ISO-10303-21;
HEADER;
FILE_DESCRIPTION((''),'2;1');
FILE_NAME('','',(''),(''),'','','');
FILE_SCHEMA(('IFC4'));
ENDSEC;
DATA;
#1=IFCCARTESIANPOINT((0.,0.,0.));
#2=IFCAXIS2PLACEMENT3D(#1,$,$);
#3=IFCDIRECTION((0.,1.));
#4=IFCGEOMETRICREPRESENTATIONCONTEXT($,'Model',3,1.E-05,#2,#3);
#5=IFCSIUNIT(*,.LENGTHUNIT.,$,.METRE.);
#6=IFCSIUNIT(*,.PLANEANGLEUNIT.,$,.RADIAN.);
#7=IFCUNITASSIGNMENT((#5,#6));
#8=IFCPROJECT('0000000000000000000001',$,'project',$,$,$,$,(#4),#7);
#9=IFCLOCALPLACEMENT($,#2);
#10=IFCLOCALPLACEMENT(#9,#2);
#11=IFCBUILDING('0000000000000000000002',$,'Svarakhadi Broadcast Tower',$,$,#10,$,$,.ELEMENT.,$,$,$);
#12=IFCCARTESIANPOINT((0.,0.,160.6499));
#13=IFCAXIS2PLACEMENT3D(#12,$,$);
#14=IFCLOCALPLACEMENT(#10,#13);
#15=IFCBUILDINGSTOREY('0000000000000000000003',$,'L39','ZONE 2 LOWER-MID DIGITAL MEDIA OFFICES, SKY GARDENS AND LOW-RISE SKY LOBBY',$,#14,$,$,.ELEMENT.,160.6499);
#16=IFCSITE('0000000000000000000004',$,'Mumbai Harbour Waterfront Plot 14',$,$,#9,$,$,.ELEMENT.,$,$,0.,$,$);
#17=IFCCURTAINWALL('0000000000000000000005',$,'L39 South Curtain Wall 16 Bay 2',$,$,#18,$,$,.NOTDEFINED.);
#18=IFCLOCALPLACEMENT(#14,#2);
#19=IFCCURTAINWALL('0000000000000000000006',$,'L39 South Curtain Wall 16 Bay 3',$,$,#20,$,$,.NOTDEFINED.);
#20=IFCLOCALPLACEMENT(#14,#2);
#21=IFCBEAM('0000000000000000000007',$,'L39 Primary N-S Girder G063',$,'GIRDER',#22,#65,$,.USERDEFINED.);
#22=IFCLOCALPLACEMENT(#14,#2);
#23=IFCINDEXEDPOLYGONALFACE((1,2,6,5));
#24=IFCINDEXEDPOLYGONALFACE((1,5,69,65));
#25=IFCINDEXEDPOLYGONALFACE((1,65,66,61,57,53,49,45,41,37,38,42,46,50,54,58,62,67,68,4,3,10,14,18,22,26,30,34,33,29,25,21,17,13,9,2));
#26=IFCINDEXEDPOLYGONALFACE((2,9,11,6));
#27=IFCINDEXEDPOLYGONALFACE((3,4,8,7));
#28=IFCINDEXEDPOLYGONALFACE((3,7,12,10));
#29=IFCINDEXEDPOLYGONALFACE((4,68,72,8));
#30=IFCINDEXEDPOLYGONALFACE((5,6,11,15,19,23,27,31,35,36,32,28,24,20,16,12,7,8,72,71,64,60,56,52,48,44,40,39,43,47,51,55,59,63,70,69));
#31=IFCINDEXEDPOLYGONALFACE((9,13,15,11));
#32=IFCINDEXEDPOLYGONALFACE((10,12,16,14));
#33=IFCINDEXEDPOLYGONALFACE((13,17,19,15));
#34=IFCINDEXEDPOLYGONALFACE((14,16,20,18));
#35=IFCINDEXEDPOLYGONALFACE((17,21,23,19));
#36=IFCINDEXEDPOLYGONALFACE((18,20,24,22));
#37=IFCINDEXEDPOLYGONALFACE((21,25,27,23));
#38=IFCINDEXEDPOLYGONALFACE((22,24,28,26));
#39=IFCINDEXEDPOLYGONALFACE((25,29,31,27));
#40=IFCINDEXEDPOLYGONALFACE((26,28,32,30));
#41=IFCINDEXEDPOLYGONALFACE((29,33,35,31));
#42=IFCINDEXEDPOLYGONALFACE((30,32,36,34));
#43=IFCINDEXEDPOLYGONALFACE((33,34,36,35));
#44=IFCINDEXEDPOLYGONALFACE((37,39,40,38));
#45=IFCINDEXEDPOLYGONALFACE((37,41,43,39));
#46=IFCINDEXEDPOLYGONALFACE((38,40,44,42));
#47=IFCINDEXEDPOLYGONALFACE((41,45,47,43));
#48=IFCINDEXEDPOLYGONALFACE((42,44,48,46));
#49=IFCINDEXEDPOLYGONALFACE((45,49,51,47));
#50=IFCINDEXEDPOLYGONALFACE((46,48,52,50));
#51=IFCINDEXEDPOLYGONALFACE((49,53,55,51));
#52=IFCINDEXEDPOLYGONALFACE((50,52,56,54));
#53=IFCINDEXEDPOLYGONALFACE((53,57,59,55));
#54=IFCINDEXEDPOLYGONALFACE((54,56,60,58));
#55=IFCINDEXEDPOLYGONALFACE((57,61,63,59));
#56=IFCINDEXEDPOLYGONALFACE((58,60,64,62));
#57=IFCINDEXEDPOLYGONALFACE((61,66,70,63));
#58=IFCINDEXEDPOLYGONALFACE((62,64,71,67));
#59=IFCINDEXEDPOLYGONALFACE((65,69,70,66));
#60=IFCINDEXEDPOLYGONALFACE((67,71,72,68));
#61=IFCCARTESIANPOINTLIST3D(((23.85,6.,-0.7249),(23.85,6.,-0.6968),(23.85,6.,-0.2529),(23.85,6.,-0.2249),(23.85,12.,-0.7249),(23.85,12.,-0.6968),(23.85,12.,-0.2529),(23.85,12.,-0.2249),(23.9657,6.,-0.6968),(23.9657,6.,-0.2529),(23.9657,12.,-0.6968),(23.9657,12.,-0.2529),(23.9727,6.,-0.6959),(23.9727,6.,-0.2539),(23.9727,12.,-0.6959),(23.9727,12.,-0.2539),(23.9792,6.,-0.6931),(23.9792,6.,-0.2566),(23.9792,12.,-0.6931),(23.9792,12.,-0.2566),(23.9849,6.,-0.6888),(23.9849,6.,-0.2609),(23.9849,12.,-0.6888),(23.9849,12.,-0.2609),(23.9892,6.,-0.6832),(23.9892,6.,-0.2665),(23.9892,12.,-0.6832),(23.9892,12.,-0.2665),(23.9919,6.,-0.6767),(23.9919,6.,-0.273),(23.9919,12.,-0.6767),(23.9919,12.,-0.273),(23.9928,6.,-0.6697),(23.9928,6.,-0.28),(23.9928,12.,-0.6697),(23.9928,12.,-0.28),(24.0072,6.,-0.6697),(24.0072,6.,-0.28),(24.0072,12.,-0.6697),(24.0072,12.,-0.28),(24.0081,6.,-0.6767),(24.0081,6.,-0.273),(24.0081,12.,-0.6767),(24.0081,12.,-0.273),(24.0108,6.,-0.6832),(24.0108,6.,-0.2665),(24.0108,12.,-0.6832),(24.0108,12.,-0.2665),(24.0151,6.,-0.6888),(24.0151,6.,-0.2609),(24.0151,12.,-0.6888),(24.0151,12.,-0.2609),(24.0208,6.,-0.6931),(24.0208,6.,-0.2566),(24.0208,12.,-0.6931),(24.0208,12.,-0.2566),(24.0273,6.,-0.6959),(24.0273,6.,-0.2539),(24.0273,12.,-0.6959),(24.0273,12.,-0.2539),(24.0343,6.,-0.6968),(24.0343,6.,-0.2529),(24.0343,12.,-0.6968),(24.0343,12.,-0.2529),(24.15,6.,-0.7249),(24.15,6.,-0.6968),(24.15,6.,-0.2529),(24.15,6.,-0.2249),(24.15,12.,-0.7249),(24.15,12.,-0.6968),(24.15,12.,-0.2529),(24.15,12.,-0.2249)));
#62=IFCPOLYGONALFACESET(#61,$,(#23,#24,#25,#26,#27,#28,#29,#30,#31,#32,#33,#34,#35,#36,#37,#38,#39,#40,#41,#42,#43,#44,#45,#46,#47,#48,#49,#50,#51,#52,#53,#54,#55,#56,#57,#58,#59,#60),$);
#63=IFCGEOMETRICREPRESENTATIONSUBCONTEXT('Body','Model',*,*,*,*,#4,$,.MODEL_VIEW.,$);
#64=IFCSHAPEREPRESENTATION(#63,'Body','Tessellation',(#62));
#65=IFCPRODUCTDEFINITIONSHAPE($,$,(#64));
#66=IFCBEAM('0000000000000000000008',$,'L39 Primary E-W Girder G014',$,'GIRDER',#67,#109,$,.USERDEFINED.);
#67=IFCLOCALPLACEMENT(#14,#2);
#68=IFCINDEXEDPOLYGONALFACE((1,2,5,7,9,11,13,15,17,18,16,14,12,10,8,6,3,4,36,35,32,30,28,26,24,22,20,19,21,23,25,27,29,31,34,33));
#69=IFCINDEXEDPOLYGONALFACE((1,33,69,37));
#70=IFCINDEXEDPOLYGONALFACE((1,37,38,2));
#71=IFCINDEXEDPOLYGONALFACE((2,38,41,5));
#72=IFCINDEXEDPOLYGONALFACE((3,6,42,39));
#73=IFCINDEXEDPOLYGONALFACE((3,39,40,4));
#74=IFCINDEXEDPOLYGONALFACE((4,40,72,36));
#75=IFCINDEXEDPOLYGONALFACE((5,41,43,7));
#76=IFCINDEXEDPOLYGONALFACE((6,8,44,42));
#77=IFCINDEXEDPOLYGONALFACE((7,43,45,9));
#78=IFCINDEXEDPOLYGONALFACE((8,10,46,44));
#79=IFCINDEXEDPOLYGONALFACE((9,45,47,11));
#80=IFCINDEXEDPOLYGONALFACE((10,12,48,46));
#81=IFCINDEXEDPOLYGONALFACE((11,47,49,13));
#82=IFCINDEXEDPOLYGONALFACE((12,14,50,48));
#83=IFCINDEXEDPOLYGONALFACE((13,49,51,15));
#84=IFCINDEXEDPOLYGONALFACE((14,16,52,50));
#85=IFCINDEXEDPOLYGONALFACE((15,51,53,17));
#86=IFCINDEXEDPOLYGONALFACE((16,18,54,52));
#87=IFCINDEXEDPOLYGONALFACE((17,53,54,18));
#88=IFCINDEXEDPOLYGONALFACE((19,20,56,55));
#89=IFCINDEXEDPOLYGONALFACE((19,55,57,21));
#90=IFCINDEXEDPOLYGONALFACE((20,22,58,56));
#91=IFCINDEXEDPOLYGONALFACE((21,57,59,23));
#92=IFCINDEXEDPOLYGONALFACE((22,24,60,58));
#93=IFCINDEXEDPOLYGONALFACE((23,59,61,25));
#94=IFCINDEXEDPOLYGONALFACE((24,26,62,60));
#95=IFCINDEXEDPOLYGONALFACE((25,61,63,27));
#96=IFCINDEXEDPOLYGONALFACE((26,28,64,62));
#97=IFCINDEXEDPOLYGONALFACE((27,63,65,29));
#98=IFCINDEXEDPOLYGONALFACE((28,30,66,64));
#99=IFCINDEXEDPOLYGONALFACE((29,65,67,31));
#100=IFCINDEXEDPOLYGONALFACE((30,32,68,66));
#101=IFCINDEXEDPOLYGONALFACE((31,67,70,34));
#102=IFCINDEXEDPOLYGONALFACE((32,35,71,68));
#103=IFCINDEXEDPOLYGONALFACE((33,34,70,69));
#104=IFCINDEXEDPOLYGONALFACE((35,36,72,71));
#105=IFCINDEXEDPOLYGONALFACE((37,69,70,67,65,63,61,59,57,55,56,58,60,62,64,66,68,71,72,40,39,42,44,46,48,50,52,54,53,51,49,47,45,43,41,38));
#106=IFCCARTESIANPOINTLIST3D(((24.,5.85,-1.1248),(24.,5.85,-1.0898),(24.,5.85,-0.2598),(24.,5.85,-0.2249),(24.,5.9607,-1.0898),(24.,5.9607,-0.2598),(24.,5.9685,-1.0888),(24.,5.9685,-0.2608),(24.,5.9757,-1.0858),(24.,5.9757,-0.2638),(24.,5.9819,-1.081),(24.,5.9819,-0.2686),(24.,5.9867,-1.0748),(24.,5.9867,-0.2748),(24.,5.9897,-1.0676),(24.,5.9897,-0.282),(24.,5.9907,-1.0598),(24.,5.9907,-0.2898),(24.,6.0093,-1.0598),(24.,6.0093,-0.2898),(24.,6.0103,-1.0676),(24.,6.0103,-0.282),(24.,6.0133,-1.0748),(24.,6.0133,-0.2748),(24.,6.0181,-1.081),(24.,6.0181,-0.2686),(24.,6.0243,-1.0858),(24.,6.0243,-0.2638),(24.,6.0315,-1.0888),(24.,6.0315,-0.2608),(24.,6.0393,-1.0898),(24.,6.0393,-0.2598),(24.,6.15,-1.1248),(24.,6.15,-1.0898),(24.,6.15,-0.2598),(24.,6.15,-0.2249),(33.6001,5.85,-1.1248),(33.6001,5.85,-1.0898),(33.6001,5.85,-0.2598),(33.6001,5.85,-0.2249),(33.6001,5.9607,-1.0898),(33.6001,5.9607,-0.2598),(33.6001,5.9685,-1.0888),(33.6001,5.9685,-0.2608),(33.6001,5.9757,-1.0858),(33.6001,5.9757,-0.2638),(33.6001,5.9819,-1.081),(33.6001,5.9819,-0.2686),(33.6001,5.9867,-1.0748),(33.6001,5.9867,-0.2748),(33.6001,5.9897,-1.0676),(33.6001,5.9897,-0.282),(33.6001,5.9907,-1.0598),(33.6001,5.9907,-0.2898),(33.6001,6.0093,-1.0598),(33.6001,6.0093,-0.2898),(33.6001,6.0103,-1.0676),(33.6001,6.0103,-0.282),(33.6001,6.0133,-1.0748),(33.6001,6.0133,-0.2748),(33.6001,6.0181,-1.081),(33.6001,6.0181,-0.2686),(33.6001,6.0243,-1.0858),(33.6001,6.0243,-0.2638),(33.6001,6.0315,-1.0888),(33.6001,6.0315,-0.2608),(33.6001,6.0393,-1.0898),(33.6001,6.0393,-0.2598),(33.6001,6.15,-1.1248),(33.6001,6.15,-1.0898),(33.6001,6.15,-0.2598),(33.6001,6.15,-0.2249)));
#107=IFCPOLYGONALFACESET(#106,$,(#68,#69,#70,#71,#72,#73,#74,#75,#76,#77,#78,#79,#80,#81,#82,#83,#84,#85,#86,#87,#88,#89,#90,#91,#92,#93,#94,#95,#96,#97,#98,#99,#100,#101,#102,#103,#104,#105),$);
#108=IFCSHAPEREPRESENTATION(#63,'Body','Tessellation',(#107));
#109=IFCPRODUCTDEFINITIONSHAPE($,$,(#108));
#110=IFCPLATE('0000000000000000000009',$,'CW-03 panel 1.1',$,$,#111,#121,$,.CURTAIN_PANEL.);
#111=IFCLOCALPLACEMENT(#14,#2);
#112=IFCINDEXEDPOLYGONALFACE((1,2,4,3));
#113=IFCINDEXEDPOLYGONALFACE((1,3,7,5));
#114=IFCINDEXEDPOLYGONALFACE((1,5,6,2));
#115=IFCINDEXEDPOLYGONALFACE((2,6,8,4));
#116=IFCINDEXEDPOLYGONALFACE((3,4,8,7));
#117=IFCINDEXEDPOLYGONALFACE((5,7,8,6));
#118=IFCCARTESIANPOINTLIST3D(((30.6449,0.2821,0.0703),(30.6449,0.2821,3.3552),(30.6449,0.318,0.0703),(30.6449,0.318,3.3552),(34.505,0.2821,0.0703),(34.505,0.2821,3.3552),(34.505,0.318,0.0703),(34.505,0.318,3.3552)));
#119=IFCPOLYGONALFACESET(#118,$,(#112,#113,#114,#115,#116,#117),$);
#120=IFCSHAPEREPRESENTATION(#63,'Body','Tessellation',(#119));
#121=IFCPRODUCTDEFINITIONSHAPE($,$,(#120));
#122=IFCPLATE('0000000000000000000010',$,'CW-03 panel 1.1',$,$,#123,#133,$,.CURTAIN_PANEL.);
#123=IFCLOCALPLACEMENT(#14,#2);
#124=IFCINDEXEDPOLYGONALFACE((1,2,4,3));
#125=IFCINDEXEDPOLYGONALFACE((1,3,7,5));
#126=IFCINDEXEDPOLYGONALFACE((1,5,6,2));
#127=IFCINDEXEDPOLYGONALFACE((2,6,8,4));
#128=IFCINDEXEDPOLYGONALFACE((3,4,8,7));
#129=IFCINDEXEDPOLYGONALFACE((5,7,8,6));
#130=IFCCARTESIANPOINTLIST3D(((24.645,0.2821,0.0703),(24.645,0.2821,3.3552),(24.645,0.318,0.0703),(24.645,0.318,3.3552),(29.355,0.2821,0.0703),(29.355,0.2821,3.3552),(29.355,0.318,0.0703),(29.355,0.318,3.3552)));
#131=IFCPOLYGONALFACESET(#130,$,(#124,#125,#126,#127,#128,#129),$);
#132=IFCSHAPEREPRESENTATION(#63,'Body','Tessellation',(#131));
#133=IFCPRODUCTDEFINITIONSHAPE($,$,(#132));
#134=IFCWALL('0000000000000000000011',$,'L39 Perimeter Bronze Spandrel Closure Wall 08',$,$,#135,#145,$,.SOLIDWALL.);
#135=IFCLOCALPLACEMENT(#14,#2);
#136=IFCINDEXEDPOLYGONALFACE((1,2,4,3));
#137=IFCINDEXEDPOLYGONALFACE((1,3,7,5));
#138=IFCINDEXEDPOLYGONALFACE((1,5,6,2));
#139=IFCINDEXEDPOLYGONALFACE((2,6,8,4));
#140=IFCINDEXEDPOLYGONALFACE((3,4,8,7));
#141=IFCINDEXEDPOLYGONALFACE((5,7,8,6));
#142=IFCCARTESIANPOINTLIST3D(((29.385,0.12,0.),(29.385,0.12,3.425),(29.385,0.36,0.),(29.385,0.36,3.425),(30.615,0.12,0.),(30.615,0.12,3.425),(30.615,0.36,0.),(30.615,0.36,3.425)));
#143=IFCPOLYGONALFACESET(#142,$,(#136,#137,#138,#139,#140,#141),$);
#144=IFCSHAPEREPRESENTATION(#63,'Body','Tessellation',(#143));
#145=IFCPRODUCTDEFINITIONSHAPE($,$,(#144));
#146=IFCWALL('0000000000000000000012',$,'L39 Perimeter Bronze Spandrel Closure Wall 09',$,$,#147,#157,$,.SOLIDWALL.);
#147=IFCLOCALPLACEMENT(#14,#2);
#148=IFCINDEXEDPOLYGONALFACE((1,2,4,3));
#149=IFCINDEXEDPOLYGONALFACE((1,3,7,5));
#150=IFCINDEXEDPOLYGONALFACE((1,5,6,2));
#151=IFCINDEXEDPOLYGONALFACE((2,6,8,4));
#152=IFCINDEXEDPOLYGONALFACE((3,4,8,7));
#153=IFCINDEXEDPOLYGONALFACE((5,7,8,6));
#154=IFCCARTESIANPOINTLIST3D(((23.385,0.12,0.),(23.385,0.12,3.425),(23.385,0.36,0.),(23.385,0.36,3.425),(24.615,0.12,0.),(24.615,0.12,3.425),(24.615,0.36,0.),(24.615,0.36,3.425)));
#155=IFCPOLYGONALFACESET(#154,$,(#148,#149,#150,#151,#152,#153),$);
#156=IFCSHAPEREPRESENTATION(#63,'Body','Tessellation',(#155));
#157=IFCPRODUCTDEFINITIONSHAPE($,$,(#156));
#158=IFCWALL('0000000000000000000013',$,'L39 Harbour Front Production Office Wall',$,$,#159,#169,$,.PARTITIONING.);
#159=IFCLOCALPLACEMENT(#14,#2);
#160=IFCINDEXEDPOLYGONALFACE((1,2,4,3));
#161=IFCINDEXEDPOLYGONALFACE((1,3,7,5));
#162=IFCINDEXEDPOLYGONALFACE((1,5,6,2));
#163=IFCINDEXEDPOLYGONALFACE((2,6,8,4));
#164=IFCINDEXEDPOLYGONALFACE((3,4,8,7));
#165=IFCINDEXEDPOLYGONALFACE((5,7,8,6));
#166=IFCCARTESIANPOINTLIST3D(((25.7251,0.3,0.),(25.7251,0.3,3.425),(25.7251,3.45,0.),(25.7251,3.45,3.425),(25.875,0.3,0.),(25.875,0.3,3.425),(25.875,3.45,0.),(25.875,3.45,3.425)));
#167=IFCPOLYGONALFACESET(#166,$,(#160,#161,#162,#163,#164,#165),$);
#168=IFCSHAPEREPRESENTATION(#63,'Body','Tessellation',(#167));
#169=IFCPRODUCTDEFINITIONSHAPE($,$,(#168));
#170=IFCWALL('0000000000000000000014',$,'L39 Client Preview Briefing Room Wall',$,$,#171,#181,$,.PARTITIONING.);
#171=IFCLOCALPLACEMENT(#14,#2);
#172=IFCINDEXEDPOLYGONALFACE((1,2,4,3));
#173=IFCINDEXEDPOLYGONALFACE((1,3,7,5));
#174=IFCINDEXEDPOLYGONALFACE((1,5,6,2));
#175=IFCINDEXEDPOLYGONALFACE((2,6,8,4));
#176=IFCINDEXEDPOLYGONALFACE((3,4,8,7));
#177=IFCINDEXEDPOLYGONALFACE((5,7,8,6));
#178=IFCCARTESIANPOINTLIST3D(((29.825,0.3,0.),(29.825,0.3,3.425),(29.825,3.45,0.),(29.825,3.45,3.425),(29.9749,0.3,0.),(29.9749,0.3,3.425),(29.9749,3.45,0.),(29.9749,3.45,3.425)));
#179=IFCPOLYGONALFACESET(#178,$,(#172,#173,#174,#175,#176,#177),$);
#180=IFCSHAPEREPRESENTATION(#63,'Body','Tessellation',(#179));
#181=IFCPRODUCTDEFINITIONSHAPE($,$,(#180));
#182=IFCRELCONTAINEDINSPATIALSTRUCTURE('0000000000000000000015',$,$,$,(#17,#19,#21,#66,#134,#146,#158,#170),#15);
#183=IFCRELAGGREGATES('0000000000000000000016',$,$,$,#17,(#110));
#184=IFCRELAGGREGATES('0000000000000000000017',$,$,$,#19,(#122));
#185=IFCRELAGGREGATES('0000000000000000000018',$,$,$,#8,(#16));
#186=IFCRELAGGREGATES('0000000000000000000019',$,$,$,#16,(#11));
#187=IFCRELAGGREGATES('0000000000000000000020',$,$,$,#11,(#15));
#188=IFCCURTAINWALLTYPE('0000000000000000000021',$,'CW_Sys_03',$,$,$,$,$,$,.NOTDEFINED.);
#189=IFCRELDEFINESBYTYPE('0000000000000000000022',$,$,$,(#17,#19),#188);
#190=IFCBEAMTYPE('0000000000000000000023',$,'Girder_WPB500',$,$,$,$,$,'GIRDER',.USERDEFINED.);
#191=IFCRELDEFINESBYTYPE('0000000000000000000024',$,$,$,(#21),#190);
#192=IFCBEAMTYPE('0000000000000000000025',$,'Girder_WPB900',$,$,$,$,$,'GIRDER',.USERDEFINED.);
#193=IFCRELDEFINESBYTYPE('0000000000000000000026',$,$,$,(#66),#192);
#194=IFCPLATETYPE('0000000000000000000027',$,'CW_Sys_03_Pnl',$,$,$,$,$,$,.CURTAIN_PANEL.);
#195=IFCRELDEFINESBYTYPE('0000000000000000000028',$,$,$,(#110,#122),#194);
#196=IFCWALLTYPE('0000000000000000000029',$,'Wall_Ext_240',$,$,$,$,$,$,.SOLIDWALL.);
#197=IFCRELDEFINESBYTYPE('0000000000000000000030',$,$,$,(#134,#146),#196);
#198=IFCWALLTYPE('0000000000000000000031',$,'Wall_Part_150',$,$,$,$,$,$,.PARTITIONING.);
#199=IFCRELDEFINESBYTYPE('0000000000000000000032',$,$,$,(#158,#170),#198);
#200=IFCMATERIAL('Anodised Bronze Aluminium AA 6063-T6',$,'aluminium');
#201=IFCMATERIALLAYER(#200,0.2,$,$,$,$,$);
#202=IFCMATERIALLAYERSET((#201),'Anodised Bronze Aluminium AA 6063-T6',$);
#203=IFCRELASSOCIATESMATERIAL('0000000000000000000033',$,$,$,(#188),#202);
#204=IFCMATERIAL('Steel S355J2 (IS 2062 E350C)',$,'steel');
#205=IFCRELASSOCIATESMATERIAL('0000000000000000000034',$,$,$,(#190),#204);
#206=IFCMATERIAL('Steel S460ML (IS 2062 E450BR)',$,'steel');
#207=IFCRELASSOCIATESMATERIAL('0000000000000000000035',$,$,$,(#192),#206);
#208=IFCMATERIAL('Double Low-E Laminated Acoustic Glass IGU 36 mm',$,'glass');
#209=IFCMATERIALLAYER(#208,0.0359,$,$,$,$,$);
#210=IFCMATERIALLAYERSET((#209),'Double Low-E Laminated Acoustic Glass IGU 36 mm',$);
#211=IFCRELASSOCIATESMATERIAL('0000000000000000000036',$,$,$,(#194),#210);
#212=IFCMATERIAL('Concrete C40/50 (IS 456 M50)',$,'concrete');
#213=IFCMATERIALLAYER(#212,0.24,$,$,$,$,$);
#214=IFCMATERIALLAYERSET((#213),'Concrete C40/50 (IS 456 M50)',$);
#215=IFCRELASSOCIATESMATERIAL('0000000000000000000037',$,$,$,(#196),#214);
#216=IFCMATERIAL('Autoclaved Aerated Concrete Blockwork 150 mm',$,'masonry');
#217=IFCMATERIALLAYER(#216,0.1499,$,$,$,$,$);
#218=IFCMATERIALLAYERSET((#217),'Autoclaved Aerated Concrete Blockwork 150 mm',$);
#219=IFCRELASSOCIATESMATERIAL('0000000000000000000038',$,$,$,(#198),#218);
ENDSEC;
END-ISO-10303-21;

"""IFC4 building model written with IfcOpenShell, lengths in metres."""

from ifc_helpers import new_model, si_unit, direction, frame, frame_2d, origin, origin_2d, place, context, subcontext, project, spatial, rectangle, i_section, extrude, material, layer, layer_set, material_profile, profile_set, type_object, element, aggregate, save


model = new_model("IFC4")

# Units and contexts
model_context = context("Model", 3, precision=1e-05, world=origin(), true_north=direction((0.0, 1.0)))
body_context = subcontext(model_context, "Body", "Model", "MODEL_VIEW")
ifc_project = project(units=[si_unit("LENGTHUNIT", "METRE"), si_unit("PLANEANGLEUNIT", "RADIAN")], contexts=[model_context])

# Site, building, storey
site_placement = place(None, origin())
site = spatial("IfcSite", under=ifc_project, at=site_placement, Name="Mumbai Harbour Waterfront Plot 14", CompositionType="ELEMENT", RefElevation=0.0)
building_placement = place(site_placement, origin())
building = spatial("IfcBuilding", under=site, at=building_placement, Name="Svarakhadi Broadcast Tower", CompositionType="ELEMENT")
storey_placement = place(building_placement, frame((0.0, 0.0, 160.6499)))
storey = spatial("IfcBuildingStorey", under=building, at=storey_placement, Name="L39", Description="ZONE 2 LOWER-MID DIGITAL MEDIA OFFICES, SKY GARDENS AND LOW-RISE SKY LOBBY", CompositionType="ELEMENT", Elevation=160.6499)

# Curtain wall
ifc_material_1 = material(Name="Anodised Bronze Aluminium AA 6063-T6", Category="aluminium")
ifc_layer_1 = layer(ifc_material_1, 0.2)
ifc_layer_set_1 = layer_set([ifc_layer_1], Name="Anodised Bronze Aluminium AA 6063-T6")
curtain_wall_type = type_object("IfcCurtainWallType", Name="CW_Sys_03", PredefinedType="NOTDEFINED", material=ifc_layer_set_1)
curtain_wall_1_placement = place(storey_placement, origin())
curtain_wall_1 = element("IfcCurtainWall", 1, at=curtain_wall_1_placement, inside=storey, type_object=curtain_wall_type, Name="L39 South Curtain Wall 16 Bay 2", PredefinedType="NOTDEFINED")

# Curtain wall
curtain_wall_2_placement = place(storey_placement, origin())
curtain_wall_2 = element("IfcCurtainWall", 2, at=curtain_wall_2_placement, inside=storey, type_object=curtain_wall_type, Name="L39 South Curtain Wall 16 Bay 3", PredefinedType="NOTDEFINED")

# Beams
ifc_material_2 = material(Name="Steel S355J2 (IS 2062 E350C)", Category="steel")
ifc_material_profile_1 = material_profile(ifc_material_2, i_section(OverallWidth=0.3, OverallDepth=0.5, WebThickness=0.0144, FlangeThickness=0.0281, FilletRadius=0.0271, at=origin_2d()), Name="WPB 500x300x187")
ifc_profile_set_1 = profile_set([ifc_material_profile_1], Name="Steel S355J2 (IS 2062 E350C)")
beam_type_1 = type_object("IfcBeamType", Name="Girder_WPB500", ElementType="GIRDER", PredefinedType="USERDEFINED", material=ifc_profile_set_1)
beam_1_placement = place(storey_placement, frame((24.0, 6.0, -0.4749), z_axis=(0.0, 1.0, 0.0), x_axis=(-1.0, 0.0, 0.0)))
element("IfcBeam", 3, at=beam_1_placement, inside=storey, type_object=beam_type_1, Name="L39 Primary N-S Girder G063", ObjectType="GIRDER", PredefinedType="USERDEFINED", context=body_context, shape_type="SweptSolid", body=[
    extrude(i_section(OverallWidth=0.3, OverallDepth=0.5, WebThickness=0.0144, FlangeThickness=0.0281, FilletRadius=0.0271, at=origin_2d()), origin(), (0.0, 0.0, 1.0), 6.0),
])
ifc_material_3 = material(Name="Steel S460ML (IS 2062 E450BR)", Category="steel")
ifc_material_profile_2 = material_profile(ifc_material_3, i_section(OverallWidth=0.3, OverallDepth=0.8999, WebThickness=0.0186, FlangeThickness=0.0349, FilletRadius=0.03, at=origin_2d()), Name="WPB 900x300x291")
ifc_profile_set_2 = profile_set([ifc_material_profile_2], Name="Steel S460ML (IS 2062 E450BR)")
beam_type_2 = type_object("IfcBeamType", Name="Girder_WPB900", ElementType="GIRDER", PredefinedType="USERDEFINED", material=ifc_profile_set_2)
beam_2_placement = place(storey_placement, frame((24.0, 6.0, -0.6748), z_axis=(1.0, 0.0, 0.0), x_axis=(0.0, 1.0, 0.0)))
element("IfcBeam", 4, at=beam_2_placement, inside=storey, type_object=beam_type_2, Name="L39 Primary E-W Girder G014", ObjectType="GIRDER", PredefinedType="USERDEFINED", context=body_context, shape_type="SweptSolid", body=[
    extrude(i_section(OverallWidth=0.3, OverallDepth=0.8999, WebThickness=0.0186, FlangeThickness=0.0349, FilletRadius=0.03, at=origin_2d()), origin(), (0.0, 0.0, 1.0), 9.6001),
])

# Plates
ifc_material_4 = material(Name="Double Low-E Laminated Acoustic Glass IGU 36 mm", Category="glass")
ifc_layer_2 = layer(ifc_material_4, 0.0359)
ifc_layer_set_2 = layer_set([ifc_layer_2], Name="Double Low-E Laminated Acoustic Glass IGU 36 mm")
plate_type = type_object("IfcPlateType", Name="CW_Sys_03_Pnl", PredefinedType="CURTAIN_PANEL", material=ifc_layer_set_2)
plate_1_placement = place(storey_placement, frame((32.575, 0.3, 0.0703), z_axis=(0.0, 0.0, 1.0), x_axis=(-1.0, 0.0, 0.0)))
plate_1 = element("IfcPlate", 5, at=plate_1_placement, type_object=plate_type, Name="CW-03 panel 1.1", PredefinedType="CURTAIN_PANEL", context=body_context, shape_type="SweptSolid", body=[
    extrude(rectangle(XDim=3.8601, YDim=0.0359, at=origin_2d()), origin(), (0.0, 0.0, 1.0), 3.2849),
])
aggregate(curtain_wall_1, [plate_1])
plate_2_placement = place(storey_placement, frame((27.0, 0.3, 0.0703), z_axis=(0.0, 0.0, 1.0), x_axis=(-1.0, 0.0, 0.0)))
plate_2 = element("IfcPlate", 6, at=plate_2_placement, type_object=plate_type, Name="CW-03 panel 1.1", PredefinedType="CURTAIN_PANEL", context=body_context, shape_type="SweptSolid", body=[
    extrude(rectangle(XDim=4.71, YDim=0.0359, at=origin_2d()), origin(), (0.0, 0.0, 1.0), 3.2849),
])
aggregate(curtain_wall_2, [plate_2])

# Walls
ifc_material_5 = material(Name="Concrete C40/50 (IS 456 M50)", Category="concrete")
ifc_layer_3 = layer(ifc_material_5, 0.24)
ifc_layer_set_3 = layer_set([ifc_layer_3], Name="Concrete C40/50 (IS 456 M50)")
wall_type_1 = type_object("IfcWallType", Name="Wall_Ext_240", PredefinedType="SOLIDWALL", material=ifc_layer_set_3)
for number, where, z_axis, x_axis, name in (
    (7, (30.615, 0.24, 0.0), (0.0, 0.0, 1.0), (-1.0, 0.0, 0.0), "L39 Perimeter Bronze Spandrel Closure Wall 08"),
    (8, (24.615, 0.24, 0.0), (0.0, 0.0, 1.0), (-1.0, 0.0, 0.0), "L39 Perimeter Bronze Spandrel Closure Wall 09"),
):
    element("IfcWall", number, at=place(storey_placement, frame(where, z_axis=z_axis, x_axis=x_axis)), inside=storey, type_object=wall_type_1, Name=name, PredefinedType="SOLIDWALL", context=body_context, shape_type="SweptSolid", body=[
        extrude(rectangle(XDim=1.23, YDim=0.24, at=frame_2d((0.615, 0.0))), origin(), (0.0, 0.0, 1.0), 3.425),
    ])
ifc_material_6 = material(Name="Autoclaved Aerated Concrete Blockwork 150 mm", Category="masonry")
ifc_layer_4 = layer(ifc_material_6, 0.1499)
ifc_layer_set_4 = layer_set([ifc_layer_4], Name="Autoclaved Aerated Concrete Blockwork 150 mm")
wall_type_2 = type_object("IfcWallType", Name="Wall_Part_150", PredefinedType="PARTITIONING", material=ifc_layer_set_4)
for number, where, z_axis, x_axis, name in (
    (9, (25.8, 0.3, 0.0), (0.0, 0.0, 1.0), (0.0, 1.0, 0.0), "L39 Harbour Front Production Office Wall"),
    (10, (29.8999, 0.3, 0.0), (0.0, 0.0, 1.0), (0.0, 1.0, 0.0), "L39 Client Preview Briefing Room Wall"),
):
    element("IfcWall", number, at=place(storey_placement, frame(where, z_axis=z_axis, x_axis=x_axis)), inside=storey, type_object=wall_type_2, Name=name, PredefinedType="PARTITIONING", context=body_context, shape_type="SweptSolid", body=[
        extrude(rectangle(XDim=3.1499, YDim=0.1499, at=frame_2d((1.575, 0.0))), origin(), (0.0, 0.0, 1.0), 3.425),
    ])

save(model, "model.ifc")
